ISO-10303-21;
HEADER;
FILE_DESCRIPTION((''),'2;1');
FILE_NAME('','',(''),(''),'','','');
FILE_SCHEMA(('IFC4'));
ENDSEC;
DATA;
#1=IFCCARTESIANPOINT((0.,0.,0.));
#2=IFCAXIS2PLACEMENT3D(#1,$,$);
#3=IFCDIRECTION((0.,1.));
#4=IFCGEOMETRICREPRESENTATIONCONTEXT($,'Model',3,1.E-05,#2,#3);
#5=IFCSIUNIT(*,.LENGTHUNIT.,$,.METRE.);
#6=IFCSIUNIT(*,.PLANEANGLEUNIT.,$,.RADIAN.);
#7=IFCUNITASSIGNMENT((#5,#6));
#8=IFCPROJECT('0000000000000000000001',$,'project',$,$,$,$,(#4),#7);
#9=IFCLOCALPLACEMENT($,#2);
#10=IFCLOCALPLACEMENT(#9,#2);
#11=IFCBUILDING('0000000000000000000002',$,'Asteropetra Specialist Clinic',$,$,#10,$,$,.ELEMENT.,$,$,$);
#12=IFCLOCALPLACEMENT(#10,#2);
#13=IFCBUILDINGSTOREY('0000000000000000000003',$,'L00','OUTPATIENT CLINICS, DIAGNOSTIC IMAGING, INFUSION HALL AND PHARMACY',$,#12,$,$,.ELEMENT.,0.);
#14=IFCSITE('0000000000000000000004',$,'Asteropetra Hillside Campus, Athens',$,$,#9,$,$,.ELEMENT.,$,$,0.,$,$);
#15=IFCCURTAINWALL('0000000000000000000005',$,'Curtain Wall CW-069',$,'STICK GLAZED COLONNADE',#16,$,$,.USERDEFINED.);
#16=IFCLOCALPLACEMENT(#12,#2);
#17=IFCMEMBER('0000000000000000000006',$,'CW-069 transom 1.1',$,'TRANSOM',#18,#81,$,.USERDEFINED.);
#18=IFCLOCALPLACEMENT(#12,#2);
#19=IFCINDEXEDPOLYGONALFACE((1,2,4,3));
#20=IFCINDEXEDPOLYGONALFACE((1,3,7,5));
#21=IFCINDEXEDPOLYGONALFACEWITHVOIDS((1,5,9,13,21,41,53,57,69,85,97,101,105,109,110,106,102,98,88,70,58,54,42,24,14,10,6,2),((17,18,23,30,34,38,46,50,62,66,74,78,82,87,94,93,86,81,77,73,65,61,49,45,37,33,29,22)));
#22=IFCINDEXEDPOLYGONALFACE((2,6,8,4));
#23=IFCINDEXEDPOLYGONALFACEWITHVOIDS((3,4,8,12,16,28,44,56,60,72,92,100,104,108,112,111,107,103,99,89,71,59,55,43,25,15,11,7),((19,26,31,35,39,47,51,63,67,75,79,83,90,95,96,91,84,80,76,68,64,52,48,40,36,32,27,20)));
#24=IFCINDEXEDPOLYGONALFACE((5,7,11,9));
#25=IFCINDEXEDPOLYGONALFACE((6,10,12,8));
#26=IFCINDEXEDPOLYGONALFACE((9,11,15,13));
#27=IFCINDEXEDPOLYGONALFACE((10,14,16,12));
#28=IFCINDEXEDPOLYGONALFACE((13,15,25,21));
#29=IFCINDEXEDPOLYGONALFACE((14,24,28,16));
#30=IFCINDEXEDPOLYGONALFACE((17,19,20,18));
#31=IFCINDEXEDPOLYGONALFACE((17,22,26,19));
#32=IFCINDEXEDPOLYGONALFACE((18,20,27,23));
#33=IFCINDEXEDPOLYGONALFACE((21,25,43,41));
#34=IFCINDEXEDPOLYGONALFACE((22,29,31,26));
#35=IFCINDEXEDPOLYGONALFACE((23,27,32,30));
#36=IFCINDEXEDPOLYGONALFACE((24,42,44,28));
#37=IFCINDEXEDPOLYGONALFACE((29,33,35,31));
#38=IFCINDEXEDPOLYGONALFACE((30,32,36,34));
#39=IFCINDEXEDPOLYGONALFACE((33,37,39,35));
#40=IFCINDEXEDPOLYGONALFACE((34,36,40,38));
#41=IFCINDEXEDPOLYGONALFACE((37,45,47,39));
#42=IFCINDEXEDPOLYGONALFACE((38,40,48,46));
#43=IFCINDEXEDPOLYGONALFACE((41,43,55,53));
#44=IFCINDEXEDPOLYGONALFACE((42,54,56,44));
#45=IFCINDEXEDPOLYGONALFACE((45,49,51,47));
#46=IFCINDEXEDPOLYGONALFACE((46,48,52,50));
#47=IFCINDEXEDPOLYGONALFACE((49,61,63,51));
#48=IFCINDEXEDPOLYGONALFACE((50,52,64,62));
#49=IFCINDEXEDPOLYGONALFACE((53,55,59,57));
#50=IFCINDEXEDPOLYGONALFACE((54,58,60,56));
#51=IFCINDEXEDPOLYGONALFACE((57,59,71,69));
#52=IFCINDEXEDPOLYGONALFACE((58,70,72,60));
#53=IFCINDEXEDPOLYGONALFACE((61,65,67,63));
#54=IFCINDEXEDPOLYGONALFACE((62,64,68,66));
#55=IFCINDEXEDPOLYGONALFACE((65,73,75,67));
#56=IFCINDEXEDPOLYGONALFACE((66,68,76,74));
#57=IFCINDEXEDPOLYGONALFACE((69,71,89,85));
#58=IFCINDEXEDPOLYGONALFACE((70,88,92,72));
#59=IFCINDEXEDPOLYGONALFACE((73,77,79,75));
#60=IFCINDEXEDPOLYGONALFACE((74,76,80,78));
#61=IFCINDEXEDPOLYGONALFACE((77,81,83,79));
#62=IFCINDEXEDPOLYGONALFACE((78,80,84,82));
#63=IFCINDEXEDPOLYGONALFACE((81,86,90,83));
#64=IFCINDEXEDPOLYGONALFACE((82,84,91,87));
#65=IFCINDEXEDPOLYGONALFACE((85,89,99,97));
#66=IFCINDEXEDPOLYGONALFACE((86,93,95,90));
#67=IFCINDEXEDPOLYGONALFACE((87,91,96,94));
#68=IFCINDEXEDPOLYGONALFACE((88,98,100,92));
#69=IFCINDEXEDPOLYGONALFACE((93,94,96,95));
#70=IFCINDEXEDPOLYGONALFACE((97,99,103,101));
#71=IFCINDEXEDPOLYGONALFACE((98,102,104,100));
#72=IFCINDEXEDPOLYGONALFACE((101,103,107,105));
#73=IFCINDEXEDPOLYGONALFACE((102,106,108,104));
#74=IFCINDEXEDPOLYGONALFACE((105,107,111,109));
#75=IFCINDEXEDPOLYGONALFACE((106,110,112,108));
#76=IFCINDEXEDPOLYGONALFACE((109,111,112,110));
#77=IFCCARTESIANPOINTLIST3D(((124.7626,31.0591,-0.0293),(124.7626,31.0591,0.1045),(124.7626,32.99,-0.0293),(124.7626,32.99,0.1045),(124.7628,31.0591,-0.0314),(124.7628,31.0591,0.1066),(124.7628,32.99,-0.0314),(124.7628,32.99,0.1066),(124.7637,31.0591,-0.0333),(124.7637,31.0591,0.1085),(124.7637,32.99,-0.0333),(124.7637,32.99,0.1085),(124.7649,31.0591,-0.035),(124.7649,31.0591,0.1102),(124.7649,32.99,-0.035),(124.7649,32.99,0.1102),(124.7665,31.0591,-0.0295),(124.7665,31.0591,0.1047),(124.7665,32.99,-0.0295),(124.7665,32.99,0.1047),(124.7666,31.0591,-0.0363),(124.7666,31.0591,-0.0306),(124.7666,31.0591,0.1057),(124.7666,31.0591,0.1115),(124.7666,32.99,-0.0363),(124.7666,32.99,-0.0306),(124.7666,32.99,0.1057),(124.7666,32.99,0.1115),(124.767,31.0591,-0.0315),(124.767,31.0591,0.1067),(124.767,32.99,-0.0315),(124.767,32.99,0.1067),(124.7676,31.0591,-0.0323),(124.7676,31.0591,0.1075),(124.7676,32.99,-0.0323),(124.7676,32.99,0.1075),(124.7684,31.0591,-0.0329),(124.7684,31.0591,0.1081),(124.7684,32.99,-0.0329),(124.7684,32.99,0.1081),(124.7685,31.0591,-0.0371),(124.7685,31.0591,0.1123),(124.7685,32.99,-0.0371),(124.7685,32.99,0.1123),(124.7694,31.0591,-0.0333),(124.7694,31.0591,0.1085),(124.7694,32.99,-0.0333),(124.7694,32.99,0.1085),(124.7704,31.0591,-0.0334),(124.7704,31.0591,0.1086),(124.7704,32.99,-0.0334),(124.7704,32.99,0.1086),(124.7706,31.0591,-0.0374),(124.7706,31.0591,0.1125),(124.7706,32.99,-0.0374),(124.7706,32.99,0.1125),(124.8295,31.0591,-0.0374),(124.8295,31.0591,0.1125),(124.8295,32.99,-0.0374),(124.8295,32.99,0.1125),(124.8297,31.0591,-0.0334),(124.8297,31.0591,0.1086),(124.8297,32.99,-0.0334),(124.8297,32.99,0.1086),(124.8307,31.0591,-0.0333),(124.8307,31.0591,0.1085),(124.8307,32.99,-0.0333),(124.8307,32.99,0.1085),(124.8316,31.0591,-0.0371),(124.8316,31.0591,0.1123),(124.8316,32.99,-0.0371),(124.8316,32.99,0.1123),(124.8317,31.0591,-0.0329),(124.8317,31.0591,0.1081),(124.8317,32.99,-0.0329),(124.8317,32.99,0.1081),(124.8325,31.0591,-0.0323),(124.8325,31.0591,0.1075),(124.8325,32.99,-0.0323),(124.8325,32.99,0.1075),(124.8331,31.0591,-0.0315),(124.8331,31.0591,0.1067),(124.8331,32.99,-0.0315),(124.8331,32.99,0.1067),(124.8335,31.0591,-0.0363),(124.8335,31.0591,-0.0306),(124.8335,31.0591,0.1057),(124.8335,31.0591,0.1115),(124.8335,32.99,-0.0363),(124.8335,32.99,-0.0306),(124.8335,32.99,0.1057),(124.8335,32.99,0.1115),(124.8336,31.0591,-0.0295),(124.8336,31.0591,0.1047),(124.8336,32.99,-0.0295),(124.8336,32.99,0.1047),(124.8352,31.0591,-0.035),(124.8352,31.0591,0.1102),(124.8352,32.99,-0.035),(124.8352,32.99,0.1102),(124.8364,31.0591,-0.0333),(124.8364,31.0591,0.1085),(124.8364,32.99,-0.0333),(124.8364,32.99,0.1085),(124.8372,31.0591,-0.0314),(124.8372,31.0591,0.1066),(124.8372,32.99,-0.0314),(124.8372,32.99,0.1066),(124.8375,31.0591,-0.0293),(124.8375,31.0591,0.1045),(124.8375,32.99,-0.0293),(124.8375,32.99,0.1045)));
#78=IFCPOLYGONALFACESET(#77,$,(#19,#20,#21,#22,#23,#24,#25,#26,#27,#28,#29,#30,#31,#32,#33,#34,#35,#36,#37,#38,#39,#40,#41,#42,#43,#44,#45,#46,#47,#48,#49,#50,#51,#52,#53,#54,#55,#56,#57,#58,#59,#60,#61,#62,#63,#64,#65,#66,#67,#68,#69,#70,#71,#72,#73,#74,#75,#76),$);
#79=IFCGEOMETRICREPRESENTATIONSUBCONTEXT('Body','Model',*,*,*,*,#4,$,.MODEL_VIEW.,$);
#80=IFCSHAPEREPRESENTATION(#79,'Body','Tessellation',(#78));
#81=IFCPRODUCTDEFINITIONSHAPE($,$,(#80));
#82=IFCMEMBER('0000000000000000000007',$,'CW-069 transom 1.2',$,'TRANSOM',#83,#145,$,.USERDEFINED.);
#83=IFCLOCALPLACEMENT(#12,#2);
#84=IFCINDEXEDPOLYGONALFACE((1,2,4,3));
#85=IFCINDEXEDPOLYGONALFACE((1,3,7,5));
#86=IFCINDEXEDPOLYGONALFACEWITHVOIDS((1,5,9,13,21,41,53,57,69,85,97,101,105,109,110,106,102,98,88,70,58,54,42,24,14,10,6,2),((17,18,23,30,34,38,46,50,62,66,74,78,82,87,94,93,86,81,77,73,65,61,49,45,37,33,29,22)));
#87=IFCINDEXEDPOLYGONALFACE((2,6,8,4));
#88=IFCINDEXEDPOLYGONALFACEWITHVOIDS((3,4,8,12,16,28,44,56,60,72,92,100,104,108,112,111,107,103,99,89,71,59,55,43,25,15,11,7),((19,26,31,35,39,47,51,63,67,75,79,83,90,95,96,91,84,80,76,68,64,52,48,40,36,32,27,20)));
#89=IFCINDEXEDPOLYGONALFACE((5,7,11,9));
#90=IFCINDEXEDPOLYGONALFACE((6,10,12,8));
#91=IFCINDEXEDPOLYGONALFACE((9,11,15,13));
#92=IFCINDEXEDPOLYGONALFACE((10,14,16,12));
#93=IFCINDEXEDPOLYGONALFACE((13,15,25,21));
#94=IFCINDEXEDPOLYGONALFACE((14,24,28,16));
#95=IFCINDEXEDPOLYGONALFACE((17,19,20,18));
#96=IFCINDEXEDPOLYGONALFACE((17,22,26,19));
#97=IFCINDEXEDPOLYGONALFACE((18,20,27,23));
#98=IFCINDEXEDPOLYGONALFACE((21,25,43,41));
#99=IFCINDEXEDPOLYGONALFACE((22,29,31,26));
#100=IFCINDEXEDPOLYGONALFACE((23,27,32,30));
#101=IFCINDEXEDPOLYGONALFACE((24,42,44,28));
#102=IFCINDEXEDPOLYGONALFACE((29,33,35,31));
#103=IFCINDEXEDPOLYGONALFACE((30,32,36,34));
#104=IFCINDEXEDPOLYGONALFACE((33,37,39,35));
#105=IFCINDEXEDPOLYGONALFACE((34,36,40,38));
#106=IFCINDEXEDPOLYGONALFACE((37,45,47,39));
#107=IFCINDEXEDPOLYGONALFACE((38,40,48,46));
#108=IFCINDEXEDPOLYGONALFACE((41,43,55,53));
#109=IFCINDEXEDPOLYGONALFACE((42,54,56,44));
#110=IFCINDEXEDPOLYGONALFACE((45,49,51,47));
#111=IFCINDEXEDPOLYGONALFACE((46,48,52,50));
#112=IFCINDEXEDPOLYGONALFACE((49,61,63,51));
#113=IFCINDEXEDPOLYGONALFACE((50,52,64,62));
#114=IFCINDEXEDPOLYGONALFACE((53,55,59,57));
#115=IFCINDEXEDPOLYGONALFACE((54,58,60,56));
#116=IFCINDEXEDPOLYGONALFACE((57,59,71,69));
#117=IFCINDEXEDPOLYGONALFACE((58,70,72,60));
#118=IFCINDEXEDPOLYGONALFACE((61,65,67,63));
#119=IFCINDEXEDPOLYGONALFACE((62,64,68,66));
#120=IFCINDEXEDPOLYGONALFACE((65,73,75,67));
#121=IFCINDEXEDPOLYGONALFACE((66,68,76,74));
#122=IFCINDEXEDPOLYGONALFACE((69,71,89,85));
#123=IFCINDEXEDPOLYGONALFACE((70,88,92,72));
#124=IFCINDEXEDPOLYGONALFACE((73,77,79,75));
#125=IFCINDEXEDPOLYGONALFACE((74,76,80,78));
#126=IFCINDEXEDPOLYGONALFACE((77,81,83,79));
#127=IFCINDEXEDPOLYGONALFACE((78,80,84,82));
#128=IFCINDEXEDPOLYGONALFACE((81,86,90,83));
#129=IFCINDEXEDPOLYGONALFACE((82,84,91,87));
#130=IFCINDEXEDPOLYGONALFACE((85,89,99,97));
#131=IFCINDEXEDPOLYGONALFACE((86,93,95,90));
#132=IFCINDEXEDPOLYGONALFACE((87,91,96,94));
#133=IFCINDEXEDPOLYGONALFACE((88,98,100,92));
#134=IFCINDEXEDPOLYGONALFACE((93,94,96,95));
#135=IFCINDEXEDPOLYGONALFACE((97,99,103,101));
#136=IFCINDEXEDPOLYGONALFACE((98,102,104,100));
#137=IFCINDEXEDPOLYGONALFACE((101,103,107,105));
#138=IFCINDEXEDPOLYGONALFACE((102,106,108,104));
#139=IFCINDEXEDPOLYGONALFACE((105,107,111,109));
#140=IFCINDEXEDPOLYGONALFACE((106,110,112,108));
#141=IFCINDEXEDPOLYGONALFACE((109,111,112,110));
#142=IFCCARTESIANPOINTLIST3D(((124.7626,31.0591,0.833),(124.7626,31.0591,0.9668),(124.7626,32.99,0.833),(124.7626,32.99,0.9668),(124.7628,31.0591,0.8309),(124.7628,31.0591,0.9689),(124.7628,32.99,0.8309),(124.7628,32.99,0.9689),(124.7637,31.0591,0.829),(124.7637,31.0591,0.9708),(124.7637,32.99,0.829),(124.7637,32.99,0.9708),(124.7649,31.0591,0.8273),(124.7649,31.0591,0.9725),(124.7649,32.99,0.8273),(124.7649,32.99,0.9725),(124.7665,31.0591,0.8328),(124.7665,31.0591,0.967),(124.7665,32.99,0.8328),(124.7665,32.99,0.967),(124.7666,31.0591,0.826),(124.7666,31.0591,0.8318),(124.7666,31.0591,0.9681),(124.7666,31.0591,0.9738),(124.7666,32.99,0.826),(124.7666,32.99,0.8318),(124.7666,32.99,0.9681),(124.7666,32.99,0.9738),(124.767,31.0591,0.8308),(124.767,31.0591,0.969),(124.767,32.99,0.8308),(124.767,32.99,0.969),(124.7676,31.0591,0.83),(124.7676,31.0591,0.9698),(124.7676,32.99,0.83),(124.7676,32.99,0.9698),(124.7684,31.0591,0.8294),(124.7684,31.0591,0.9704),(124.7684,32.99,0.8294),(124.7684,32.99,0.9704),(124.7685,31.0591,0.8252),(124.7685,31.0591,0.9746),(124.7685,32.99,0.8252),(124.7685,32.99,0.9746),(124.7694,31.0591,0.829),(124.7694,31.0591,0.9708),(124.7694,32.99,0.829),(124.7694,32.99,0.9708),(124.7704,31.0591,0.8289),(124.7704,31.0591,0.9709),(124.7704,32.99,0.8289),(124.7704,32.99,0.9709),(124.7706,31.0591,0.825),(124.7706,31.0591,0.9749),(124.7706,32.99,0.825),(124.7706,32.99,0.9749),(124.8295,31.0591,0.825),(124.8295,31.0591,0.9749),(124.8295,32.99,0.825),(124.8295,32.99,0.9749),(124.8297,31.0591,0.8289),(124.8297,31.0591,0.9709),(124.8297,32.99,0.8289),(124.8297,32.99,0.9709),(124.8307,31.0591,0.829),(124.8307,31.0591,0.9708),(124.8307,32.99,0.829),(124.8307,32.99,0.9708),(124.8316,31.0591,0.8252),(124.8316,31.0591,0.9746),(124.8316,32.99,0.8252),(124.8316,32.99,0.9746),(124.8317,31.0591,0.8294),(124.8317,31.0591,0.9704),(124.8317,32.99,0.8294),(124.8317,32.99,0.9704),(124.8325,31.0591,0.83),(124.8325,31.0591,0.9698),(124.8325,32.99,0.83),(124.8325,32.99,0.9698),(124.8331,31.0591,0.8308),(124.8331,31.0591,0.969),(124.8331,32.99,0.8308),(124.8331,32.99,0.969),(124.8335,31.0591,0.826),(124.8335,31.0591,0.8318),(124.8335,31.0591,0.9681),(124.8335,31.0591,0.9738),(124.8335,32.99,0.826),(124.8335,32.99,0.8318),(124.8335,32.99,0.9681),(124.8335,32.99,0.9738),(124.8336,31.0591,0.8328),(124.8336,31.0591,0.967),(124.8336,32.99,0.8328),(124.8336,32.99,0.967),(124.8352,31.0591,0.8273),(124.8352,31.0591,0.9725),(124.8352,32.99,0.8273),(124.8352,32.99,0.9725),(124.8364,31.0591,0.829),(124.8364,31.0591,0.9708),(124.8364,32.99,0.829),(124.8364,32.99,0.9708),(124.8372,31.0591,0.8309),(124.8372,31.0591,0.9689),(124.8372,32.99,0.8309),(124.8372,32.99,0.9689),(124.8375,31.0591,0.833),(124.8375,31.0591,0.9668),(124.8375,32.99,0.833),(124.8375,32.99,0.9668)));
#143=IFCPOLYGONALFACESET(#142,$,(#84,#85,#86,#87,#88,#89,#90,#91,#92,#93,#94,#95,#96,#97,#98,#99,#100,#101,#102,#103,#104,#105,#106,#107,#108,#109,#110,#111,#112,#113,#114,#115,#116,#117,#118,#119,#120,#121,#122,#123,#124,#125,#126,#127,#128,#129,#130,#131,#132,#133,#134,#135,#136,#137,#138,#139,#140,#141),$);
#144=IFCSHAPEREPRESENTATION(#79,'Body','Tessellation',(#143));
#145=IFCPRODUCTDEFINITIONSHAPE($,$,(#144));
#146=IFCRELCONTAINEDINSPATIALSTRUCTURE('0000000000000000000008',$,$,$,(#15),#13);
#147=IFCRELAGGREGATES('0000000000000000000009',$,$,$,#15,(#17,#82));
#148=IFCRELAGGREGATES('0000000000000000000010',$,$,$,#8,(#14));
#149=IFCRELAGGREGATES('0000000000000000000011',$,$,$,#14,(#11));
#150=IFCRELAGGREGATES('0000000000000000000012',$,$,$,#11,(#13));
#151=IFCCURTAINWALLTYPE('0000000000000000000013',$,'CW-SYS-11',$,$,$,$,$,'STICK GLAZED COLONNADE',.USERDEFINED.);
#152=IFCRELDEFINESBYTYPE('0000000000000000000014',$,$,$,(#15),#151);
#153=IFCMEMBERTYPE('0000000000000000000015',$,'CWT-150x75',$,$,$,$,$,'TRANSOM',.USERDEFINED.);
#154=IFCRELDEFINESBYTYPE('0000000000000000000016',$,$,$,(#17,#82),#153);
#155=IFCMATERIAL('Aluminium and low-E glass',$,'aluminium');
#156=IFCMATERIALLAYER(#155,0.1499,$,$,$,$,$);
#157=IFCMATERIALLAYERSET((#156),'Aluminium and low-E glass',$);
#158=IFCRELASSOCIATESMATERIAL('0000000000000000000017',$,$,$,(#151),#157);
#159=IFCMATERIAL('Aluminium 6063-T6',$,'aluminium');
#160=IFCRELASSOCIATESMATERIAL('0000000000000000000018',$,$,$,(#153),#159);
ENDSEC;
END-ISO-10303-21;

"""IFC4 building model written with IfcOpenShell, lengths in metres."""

from ifc_helpers import new_model, si_unit, direction, frame, origin, origin_2d, place, context, subcontext, project, spatial, hollow_rectangle, extrude, material, layer, layer_set, material_profile, profile_set, type_object, element, aggregate, save


model = new_model("IFC4")

# Units and contexts
model_context = context("Model", 3, precision=1e-05, world=origin(), true_north=direction((0.0, 1.0)))
body_context = subcontext(model_context, "Body", "Model", "MODEL_VIEW")
ifc_project = project(units=[si_unit("LENGTHUNIT", "METRE"), si_unit("PLANEANGLEUNIT", "RADIAN")], contexts=[model_context])

# Site, building, storey
site_placement = place(None, origin())
site = spatial("IfcSite", under=ifc_project, at=site_placement, Name="Asteropetra Hillside Campus, Athens", CompositionType="ELEMENT", RefElevation=0.0)
building_placement = place(site_placement, origin())
building = spatial("IfcBuilding", under=site, at=building_placement, Name="Asteropetra Specialist Clinic", CompositionType="ELEMENT")
storey_placement = place(building_placement, origin())
storey = spatial("IfcBuildingStorey", under=building, at=storey_placement, Name="L00", Description="OUTPATIENT CLINICS, DIAGNOSTIC IMAGING, INFUSION HALL AND PHARMACY", CompositionType="ELEMENT", Elevation=0.0)

# Shared definitions
ifc_material_1 = material(Name="Aluminium and low-E glass", Category="aluminium")
ifc_layer_1 = layer(ifc_material_1, 0.1499)
ifc_layer_set_1 = layer_set([ifc_layer_1], Name="Aluminium and low-E glass")
curtain_wall_type_1 = type_object("IfcCurtainWallType", Name="CW-SYS-11", ElementType="STICK GLAZED COLONNADE", PredefinedType="USERDEFINED", material=ifc_layer_set_1)

# Curtain wall
curtain_wall_1_placement = place(storey_placement, origin())
curtain_wall_1 = element("IfcCurtainWall", 1, at=curtain_wall_1_placement, inside=storey, type_object=curtain_wall_type_1, Name="Curtain Wall CW-069", ObjectType="STICK GLAZED COLONNADE", PredefinedType="USERDEFINED")

# Members
ifc_material_2 = material(Name="Aluminium 6063-T6", Category="aluminium")
ifc_material_profile_1 = material_profile(ifc_material_2, hollow_rectangle(XDim=0.075, YDim=0.1499, WallThickness=0.0039, InnerFilletRadius=0.0039, OuterFilletRadius=0.0081, at=origin_2d()), Name="TRN 150x75x4.0")
ifc_profile_set_1 = profile_set([ifc_material_profile_1], Name="Aluminium 6063-T6")
member_type_1 = type_object("IfcMemberType", Name="CWT-150x75", ElementType="TRANSOM", PredefinedType="USERDEFINED", material=ifc_profile_set_1)
member_1_placement = place(storey_placement, frame((124.8, 32.99, 0.0376), z_axis=(0.0, -1.0, 0.0), x_axis=(1.0, 0.0, 0.0)))
member_1 = element("IfcMember", 2, at=member_1_placement, type_object=member_type_1, Name="CW-069 transom 1.1", ObjectType="TRANSOM", PredefinedType="USERDEFINED", context=body_context, shape_type="SweptSolid", body=[
    extrude(hollow_rectangle(XDim=0.075, YDim=0.1499, WallThickness=0.0039, InnerFilletRadius=0.0039, OuterFilletRadius=0.0081, at=origin_2d()), origin(), (0.0, 0.0, 1.0), 1.9309),
])
member_2_placement = place(storey_placement, frame((124.8, 32.99, 0.8999), z_axis=(0.0, -1.0, 0.0), x_axis=(1.0, 0.0, 0.0)))
member_2 = element("IfcMember", 3, at=member_2_placement, type_object=member_type_1, Name="CW-069 transom 1.2", ObjectType="TRANSOM", PredefinedType="USERDEFINED", context=body_context, shape_type="SweptSolid", body=[
    extrude(hollow_rectangle(XDim=0.075, YDim=0.1499, WallThickness=0.0039, InnerFilletRadius=0.0039, OuterFilletRadius=0.0081, at=origin_2d()), origin(), (0.0, 0.0, 1.0), 1.9309),
])

aggregate(curtain_wall_1, [member_1, member_2])

save(model, "model.ifc")
